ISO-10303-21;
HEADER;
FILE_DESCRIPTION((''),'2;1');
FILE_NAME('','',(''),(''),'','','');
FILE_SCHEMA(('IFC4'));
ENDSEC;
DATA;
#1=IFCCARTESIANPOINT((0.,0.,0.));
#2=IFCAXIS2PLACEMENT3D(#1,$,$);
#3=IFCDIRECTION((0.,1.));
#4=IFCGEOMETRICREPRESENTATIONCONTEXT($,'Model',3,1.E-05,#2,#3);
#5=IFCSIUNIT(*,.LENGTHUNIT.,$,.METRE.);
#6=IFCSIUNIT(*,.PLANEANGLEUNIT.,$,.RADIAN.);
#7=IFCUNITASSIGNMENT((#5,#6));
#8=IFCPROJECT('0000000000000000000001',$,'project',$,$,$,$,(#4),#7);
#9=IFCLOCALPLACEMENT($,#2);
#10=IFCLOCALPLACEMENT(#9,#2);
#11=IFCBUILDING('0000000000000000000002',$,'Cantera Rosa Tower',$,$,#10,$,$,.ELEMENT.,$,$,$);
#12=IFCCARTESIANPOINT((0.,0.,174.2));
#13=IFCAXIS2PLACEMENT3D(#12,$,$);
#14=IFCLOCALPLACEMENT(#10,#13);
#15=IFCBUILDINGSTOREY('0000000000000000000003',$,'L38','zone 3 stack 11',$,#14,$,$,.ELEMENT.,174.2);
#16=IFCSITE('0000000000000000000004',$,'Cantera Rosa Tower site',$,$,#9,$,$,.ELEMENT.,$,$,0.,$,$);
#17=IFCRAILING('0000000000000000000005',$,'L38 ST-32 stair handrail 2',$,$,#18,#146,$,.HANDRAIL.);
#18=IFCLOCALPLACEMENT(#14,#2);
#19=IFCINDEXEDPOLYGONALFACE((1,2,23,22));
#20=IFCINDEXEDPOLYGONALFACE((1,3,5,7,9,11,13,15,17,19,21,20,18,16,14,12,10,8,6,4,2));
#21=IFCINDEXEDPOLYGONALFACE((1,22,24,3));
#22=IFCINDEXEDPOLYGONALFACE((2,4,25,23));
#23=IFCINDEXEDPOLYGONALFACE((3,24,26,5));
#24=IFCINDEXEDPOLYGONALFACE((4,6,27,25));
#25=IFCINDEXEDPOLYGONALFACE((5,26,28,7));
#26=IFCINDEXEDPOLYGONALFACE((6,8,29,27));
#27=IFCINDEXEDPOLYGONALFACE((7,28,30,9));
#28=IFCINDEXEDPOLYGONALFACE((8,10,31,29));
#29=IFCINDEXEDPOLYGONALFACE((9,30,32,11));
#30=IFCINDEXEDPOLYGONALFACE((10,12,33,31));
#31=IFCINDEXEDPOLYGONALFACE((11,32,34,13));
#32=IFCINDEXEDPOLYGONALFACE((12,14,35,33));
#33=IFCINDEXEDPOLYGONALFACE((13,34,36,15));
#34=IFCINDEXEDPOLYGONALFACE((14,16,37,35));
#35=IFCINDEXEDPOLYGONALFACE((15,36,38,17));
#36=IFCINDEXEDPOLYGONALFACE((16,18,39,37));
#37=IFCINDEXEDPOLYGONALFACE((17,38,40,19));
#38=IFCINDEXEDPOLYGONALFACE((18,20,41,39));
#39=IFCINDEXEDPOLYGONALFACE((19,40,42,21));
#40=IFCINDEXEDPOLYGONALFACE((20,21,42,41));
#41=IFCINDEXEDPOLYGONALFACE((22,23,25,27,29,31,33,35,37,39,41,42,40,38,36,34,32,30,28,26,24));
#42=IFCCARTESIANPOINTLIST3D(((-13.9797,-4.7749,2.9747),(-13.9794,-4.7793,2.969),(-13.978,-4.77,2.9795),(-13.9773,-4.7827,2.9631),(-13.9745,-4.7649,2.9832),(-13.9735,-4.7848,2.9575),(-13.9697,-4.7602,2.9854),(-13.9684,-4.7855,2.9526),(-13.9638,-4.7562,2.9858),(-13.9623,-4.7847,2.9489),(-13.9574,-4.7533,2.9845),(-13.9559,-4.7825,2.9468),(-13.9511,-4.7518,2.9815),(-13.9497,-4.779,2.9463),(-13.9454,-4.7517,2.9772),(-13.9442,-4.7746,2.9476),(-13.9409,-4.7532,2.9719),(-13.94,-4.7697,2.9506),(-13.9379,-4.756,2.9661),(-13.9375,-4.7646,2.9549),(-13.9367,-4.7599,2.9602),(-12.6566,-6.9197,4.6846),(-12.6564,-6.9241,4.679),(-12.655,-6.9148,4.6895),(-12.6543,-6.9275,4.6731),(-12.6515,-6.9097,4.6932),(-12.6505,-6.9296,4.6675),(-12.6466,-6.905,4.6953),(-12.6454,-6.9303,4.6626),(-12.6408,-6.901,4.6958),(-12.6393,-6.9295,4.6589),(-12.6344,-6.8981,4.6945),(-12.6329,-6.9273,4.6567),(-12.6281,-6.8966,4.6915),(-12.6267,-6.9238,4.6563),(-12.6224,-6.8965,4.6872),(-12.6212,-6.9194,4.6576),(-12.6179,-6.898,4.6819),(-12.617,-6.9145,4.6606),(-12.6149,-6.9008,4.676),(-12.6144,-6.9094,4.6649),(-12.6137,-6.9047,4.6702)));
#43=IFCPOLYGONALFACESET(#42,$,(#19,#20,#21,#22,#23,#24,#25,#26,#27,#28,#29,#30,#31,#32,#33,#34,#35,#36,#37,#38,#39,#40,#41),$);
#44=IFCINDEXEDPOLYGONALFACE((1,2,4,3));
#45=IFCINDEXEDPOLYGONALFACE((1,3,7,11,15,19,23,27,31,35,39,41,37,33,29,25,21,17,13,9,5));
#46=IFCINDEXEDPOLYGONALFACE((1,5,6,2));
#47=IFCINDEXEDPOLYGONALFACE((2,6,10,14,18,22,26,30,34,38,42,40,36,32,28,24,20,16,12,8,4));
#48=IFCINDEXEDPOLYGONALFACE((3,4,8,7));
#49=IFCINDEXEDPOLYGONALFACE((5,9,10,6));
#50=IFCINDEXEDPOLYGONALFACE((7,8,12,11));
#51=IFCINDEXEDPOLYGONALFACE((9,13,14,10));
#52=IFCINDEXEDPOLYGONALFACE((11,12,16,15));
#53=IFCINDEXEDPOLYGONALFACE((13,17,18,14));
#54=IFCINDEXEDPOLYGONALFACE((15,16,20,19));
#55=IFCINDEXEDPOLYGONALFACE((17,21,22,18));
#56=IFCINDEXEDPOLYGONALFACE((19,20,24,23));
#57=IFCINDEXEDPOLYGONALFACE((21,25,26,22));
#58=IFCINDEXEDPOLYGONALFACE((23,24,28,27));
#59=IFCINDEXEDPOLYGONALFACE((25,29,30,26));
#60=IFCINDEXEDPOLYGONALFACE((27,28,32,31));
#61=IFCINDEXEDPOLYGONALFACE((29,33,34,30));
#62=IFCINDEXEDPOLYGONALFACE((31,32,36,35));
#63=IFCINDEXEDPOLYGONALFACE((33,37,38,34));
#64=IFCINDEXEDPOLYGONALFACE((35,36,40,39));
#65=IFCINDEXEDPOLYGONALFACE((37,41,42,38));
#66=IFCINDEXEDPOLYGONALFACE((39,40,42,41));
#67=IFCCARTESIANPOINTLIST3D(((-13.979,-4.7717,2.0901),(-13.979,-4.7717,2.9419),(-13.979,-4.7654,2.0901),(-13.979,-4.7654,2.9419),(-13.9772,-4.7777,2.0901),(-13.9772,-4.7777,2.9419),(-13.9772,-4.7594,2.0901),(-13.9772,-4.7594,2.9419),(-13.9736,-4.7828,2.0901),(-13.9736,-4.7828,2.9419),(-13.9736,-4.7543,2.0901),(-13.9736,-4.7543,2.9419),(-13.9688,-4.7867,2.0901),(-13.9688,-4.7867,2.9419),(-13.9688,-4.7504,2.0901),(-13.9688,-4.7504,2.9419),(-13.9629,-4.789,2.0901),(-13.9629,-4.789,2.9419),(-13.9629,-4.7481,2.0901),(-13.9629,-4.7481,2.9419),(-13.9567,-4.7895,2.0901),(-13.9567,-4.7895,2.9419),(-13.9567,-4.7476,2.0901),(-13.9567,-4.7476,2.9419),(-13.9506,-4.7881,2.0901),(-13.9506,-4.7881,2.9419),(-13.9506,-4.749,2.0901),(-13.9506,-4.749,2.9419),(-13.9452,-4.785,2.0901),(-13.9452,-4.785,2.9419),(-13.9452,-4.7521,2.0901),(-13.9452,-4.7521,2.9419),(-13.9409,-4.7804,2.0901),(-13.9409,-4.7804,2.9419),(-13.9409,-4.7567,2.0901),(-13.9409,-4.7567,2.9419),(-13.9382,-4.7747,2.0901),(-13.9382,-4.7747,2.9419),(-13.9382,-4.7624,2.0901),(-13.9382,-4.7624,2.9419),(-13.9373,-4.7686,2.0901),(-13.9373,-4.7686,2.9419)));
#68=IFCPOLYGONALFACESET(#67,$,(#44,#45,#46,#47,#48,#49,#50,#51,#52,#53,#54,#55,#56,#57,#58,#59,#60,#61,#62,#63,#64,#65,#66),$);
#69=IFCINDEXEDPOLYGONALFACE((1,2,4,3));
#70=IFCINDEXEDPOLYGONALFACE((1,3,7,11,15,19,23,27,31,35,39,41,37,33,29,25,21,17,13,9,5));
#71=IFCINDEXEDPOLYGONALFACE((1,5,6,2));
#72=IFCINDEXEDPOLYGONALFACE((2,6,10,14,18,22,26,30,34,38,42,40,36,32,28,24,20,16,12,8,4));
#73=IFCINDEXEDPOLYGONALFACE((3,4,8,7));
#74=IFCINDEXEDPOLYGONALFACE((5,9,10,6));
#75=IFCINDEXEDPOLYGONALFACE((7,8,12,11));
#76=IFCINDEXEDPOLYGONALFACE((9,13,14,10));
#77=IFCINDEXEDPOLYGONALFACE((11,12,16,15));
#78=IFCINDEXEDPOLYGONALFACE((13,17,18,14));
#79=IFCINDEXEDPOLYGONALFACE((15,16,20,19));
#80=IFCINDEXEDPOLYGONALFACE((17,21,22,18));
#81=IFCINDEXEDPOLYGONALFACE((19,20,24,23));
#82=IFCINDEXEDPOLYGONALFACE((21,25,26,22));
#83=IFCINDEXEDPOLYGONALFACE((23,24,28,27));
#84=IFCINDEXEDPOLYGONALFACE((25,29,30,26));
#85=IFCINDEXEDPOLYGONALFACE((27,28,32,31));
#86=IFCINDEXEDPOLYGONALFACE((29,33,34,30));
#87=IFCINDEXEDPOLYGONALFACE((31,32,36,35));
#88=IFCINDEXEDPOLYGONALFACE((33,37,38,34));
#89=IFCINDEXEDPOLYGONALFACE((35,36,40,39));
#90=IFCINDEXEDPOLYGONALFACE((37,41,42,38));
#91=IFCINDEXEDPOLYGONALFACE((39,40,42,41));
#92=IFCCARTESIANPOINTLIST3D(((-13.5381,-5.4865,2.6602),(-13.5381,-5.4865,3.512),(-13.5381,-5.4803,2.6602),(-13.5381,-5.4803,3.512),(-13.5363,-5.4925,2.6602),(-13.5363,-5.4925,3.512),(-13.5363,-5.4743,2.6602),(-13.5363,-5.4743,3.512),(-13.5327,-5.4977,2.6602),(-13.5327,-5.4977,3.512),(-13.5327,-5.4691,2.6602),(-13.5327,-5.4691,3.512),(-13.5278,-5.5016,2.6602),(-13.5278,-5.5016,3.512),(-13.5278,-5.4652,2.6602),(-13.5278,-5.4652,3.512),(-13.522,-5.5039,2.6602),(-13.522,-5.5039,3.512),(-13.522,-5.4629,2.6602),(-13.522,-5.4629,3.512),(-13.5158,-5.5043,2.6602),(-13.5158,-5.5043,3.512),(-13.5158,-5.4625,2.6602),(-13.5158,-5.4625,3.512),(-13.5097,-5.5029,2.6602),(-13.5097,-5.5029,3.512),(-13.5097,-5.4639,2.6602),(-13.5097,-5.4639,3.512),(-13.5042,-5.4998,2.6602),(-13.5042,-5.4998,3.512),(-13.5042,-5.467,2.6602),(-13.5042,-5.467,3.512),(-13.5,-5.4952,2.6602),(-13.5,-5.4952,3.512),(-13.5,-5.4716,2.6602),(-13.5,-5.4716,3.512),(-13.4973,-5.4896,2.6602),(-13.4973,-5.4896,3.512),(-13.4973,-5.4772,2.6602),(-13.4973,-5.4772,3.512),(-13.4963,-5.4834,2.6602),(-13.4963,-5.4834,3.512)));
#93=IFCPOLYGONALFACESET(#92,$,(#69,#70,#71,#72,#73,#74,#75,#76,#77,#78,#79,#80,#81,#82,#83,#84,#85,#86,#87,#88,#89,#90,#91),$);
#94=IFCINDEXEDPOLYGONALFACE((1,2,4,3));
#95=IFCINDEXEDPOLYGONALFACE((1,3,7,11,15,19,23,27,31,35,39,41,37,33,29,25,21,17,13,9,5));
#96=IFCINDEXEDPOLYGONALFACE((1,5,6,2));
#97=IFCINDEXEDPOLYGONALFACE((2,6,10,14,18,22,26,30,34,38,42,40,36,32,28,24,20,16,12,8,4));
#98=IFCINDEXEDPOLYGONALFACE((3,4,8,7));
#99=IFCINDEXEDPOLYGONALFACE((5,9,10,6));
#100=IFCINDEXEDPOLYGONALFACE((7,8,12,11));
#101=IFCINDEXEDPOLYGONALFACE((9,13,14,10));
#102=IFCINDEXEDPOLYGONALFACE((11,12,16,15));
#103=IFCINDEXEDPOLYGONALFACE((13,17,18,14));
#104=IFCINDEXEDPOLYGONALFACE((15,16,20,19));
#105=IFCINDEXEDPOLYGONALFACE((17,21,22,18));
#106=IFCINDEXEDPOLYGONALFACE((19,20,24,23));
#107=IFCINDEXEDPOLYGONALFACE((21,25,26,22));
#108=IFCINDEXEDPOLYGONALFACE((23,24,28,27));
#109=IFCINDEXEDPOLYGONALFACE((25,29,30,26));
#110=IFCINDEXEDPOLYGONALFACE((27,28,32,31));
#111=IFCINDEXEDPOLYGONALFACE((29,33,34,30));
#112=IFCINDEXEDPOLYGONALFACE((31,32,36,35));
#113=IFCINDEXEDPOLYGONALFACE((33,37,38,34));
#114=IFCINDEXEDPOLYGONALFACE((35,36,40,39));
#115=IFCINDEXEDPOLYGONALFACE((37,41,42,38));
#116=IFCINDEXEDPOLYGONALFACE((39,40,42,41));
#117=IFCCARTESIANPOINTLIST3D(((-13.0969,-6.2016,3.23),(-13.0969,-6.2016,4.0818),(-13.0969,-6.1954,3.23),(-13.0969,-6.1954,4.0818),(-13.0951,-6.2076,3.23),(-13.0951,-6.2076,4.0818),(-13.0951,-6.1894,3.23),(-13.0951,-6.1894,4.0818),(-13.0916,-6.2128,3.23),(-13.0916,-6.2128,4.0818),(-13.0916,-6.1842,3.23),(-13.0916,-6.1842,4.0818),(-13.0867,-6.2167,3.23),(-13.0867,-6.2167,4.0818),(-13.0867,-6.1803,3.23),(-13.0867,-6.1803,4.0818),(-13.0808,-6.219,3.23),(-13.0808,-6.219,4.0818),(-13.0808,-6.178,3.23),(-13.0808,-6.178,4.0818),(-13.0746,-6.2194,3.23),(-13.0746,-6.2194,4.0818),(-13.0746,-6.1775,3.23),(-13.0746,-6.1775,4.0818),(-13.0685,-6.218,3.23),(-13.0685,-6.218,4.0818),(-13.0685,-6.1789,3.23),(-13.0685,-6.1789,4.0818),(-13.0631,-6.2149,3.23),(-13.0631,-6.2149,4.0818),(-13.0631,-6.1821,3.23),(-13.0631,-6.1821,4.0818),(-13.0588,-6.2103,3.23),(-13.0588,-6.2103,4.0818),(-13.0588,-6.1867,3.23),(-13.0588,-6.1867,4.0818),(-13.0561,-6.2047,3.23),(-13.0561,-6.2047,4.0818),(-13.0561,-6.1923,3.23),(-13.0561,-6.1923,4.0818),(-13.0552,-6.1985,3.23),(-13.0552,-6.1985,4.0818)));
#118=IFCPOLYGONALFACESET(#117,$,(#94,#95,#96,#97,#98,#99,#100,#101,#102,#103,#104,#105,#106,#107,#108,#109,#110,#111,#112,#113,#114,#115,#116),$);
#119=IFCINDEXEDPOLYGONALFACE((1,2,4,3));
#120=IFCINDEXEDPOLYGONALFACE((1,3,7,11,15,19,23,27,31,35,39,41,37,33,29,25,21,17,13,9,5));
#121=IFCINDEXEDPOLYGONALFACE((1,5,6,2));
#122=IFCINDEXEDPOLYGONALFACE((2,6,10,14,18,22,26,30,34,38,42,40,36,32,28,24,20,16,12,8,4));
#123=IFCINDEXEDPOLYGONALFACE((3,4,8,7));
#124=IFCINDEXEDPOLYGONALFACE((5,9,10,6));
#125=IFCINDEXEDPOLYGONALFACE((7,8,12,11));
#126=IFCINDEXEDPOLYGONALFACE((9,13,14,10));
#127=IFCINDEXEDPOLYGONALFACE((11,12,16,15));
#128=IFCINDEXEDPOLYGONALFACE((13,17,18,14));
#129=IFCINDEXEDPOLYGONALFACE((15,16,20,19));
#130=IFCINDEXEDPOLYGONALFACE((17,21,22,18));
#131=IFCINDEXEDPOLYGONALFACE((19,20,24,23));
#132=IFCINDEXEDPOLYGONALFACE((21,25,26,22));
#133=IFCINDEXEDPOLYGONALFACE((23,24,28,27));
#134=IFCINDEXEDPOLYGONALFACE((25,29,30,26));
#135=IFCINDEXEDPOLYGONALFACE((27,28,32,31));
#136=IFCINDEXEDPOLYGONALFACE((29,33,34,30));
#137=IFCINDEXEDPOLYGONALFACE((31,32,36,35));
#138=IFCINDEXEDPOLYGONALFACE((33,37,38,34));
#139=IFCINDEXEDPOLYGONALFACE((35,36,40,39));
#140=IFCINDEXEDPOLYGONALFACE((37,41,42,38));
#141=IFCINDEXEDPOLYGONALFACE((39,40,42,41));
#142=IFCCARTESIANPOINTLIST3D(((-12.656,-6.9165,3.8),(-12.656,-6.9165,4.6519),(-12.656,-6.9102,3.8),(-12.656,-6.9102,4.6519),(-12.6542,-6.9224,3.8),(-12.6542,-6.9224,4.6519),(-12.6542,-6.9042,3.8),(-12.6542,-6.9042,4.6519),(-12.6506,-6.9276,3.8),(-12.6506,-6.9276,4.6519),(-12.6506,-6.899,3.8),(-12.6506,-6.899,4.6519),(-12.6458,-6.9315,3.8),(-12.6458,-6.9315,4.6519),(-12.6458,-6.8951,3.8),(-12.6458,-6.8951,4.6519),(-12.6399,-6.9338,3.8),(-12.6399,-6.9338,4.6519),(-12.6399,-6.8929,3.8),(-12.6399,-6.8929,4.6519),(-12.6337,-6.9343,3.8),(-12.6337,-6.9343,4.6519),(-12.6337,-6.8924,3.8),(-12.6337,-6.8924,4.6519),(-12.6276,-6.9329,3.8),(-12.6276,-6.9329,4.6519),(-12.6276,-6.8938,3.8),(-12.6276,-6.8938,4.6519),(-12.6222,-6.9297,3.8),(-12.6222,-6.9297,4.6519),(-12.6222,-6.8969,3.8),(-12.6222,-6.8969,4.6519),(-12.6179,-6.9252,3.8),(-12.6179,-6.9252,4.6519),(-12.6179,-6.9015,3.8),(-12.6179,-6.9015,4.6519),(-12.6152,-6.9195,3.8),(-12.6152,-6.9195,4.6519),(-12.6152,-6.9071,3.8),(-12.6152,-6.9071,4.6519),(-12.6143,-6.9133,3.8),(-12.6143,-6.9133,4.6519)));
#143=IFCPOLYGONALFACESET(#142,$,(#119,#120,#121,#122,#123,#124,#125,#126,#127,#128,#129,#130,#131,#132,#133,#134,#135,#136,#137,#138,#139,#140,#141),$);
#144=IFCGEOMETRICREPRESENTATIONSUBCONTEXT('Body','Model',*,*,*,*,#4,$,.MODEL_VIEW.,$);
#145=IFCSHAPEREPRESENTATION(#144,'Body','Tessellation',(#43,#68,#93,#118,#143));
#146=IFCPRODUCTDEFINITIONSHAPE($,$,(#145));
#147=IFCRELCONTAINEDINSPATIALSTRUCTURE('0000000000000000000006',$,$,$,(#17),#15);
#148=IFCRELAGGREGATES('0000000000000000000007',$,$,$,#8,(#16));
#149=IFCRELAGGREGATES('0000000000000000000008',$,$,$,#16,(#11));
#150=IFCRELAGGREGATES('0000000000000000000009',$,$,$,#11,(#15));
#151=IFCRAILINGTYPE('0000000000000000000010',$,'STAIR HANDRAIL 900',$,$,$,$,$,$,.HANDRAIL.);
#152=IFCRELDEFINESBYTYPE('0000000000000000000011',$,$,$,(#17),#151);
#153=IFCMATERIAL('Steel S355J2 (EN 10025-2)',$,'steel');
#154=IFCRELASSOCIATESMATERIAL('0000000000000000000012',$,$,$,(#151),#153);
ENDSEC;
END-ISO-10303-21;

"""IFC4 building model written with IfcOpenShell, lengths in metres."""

from ifc_helpers import new_model, si_unit, direction, frame, origin, origin_2d, place, context, subcontext, project, spatial, circle, extrude, material, type_object, element, save


model = new_model("IFC4")

# Units and contexts
model_context = context("Model", 3, precision=1e-05, world=origin(), true_north=direction((0.0, 1.0)))
body_context = subcontext(model_context, "Body", "Model", "MODEL_VIEW")
ifc_project = project(units=[si_unit("LENGTHUNIT", "METRE"), si_unit("PLANEANGLEUNIT", "RADIAN")], contexts=[model_context])

# Site, building, storey
site_placement = place(None, origin())
site = spatial("IfcSite", under=ifc_project, at=site_placement, Name="Cantera Rosa Tower site", CompositionType="ELEMENT", RefElevation=0.0)
building_placement = place(site_placement, origin())
building = spatial("IfcBuilding", under=site, at=building_placement, Name="Cantera Rosa Tower", CompositionType="ELEMENT")
storey_placement = place(building_placement, frame((0.0, 0.0, 174.2)))
storey = spatial("IfcBuildingStorey", under=building, at=storey_placement, Name="L38", Description="zone 3 stack 11", CompositionType="ELEMENT", Elevation=174.2)

# Railing
ifc_material_1 = material(Name="Steel S355J2 (EN 10025-2)", Category="steel")
railing_type_1 = type_object("IfcRailingType", Name="STAIR HANDRAIL 900", PredefinedType="HANDRAIL", material=ifc_material_1)
railing_1_placement = place(storey_placement, frame((-13.9583, -4.7686, 2.0901)))
element("IfcRailing", 1, at=railing_1_placement, inside=storey, type_object=railing_type_1, Name="L38 ST-32 stair handrail 2", PredefinedType="HANDRAIL", context=body_context, shape_type="SweptSolid", body=[
    extrude(circle(Radius=0.0239, at=origin_2d()), frame((0.0, 0.0, 0.876), z_axis=(0.434428, -0.704271, 0.561493), x_axis=(0.851102, 0.525, 0.0)), (0.0, 0.0, 1.0), 3.0454),
    extrude(circle(Radius=0.021, at=origin_2d()), origin(), (0.0, 0.0, 1.0), 0.8518),
    extrude(circle(Radius=0.021, at=origin_2d()), frame((0.4409, -0.7148, 0.5701)), (0.0, 0.0, 1.0), 0.8518),
    extrude(circle(Radius=0.021, at=origin_2d()), frame((0.8821, -1.4299, 1.1399)), (0.0, 0.0, 1.0), 0.8518),
    extrude(circle(Radius=0.021, at=origin_2d()), frame((1.323, -2.1448, 1.71)), (0.0, 0.0, 1.0), 0.8518),
])

save(model, "model.ifc")
